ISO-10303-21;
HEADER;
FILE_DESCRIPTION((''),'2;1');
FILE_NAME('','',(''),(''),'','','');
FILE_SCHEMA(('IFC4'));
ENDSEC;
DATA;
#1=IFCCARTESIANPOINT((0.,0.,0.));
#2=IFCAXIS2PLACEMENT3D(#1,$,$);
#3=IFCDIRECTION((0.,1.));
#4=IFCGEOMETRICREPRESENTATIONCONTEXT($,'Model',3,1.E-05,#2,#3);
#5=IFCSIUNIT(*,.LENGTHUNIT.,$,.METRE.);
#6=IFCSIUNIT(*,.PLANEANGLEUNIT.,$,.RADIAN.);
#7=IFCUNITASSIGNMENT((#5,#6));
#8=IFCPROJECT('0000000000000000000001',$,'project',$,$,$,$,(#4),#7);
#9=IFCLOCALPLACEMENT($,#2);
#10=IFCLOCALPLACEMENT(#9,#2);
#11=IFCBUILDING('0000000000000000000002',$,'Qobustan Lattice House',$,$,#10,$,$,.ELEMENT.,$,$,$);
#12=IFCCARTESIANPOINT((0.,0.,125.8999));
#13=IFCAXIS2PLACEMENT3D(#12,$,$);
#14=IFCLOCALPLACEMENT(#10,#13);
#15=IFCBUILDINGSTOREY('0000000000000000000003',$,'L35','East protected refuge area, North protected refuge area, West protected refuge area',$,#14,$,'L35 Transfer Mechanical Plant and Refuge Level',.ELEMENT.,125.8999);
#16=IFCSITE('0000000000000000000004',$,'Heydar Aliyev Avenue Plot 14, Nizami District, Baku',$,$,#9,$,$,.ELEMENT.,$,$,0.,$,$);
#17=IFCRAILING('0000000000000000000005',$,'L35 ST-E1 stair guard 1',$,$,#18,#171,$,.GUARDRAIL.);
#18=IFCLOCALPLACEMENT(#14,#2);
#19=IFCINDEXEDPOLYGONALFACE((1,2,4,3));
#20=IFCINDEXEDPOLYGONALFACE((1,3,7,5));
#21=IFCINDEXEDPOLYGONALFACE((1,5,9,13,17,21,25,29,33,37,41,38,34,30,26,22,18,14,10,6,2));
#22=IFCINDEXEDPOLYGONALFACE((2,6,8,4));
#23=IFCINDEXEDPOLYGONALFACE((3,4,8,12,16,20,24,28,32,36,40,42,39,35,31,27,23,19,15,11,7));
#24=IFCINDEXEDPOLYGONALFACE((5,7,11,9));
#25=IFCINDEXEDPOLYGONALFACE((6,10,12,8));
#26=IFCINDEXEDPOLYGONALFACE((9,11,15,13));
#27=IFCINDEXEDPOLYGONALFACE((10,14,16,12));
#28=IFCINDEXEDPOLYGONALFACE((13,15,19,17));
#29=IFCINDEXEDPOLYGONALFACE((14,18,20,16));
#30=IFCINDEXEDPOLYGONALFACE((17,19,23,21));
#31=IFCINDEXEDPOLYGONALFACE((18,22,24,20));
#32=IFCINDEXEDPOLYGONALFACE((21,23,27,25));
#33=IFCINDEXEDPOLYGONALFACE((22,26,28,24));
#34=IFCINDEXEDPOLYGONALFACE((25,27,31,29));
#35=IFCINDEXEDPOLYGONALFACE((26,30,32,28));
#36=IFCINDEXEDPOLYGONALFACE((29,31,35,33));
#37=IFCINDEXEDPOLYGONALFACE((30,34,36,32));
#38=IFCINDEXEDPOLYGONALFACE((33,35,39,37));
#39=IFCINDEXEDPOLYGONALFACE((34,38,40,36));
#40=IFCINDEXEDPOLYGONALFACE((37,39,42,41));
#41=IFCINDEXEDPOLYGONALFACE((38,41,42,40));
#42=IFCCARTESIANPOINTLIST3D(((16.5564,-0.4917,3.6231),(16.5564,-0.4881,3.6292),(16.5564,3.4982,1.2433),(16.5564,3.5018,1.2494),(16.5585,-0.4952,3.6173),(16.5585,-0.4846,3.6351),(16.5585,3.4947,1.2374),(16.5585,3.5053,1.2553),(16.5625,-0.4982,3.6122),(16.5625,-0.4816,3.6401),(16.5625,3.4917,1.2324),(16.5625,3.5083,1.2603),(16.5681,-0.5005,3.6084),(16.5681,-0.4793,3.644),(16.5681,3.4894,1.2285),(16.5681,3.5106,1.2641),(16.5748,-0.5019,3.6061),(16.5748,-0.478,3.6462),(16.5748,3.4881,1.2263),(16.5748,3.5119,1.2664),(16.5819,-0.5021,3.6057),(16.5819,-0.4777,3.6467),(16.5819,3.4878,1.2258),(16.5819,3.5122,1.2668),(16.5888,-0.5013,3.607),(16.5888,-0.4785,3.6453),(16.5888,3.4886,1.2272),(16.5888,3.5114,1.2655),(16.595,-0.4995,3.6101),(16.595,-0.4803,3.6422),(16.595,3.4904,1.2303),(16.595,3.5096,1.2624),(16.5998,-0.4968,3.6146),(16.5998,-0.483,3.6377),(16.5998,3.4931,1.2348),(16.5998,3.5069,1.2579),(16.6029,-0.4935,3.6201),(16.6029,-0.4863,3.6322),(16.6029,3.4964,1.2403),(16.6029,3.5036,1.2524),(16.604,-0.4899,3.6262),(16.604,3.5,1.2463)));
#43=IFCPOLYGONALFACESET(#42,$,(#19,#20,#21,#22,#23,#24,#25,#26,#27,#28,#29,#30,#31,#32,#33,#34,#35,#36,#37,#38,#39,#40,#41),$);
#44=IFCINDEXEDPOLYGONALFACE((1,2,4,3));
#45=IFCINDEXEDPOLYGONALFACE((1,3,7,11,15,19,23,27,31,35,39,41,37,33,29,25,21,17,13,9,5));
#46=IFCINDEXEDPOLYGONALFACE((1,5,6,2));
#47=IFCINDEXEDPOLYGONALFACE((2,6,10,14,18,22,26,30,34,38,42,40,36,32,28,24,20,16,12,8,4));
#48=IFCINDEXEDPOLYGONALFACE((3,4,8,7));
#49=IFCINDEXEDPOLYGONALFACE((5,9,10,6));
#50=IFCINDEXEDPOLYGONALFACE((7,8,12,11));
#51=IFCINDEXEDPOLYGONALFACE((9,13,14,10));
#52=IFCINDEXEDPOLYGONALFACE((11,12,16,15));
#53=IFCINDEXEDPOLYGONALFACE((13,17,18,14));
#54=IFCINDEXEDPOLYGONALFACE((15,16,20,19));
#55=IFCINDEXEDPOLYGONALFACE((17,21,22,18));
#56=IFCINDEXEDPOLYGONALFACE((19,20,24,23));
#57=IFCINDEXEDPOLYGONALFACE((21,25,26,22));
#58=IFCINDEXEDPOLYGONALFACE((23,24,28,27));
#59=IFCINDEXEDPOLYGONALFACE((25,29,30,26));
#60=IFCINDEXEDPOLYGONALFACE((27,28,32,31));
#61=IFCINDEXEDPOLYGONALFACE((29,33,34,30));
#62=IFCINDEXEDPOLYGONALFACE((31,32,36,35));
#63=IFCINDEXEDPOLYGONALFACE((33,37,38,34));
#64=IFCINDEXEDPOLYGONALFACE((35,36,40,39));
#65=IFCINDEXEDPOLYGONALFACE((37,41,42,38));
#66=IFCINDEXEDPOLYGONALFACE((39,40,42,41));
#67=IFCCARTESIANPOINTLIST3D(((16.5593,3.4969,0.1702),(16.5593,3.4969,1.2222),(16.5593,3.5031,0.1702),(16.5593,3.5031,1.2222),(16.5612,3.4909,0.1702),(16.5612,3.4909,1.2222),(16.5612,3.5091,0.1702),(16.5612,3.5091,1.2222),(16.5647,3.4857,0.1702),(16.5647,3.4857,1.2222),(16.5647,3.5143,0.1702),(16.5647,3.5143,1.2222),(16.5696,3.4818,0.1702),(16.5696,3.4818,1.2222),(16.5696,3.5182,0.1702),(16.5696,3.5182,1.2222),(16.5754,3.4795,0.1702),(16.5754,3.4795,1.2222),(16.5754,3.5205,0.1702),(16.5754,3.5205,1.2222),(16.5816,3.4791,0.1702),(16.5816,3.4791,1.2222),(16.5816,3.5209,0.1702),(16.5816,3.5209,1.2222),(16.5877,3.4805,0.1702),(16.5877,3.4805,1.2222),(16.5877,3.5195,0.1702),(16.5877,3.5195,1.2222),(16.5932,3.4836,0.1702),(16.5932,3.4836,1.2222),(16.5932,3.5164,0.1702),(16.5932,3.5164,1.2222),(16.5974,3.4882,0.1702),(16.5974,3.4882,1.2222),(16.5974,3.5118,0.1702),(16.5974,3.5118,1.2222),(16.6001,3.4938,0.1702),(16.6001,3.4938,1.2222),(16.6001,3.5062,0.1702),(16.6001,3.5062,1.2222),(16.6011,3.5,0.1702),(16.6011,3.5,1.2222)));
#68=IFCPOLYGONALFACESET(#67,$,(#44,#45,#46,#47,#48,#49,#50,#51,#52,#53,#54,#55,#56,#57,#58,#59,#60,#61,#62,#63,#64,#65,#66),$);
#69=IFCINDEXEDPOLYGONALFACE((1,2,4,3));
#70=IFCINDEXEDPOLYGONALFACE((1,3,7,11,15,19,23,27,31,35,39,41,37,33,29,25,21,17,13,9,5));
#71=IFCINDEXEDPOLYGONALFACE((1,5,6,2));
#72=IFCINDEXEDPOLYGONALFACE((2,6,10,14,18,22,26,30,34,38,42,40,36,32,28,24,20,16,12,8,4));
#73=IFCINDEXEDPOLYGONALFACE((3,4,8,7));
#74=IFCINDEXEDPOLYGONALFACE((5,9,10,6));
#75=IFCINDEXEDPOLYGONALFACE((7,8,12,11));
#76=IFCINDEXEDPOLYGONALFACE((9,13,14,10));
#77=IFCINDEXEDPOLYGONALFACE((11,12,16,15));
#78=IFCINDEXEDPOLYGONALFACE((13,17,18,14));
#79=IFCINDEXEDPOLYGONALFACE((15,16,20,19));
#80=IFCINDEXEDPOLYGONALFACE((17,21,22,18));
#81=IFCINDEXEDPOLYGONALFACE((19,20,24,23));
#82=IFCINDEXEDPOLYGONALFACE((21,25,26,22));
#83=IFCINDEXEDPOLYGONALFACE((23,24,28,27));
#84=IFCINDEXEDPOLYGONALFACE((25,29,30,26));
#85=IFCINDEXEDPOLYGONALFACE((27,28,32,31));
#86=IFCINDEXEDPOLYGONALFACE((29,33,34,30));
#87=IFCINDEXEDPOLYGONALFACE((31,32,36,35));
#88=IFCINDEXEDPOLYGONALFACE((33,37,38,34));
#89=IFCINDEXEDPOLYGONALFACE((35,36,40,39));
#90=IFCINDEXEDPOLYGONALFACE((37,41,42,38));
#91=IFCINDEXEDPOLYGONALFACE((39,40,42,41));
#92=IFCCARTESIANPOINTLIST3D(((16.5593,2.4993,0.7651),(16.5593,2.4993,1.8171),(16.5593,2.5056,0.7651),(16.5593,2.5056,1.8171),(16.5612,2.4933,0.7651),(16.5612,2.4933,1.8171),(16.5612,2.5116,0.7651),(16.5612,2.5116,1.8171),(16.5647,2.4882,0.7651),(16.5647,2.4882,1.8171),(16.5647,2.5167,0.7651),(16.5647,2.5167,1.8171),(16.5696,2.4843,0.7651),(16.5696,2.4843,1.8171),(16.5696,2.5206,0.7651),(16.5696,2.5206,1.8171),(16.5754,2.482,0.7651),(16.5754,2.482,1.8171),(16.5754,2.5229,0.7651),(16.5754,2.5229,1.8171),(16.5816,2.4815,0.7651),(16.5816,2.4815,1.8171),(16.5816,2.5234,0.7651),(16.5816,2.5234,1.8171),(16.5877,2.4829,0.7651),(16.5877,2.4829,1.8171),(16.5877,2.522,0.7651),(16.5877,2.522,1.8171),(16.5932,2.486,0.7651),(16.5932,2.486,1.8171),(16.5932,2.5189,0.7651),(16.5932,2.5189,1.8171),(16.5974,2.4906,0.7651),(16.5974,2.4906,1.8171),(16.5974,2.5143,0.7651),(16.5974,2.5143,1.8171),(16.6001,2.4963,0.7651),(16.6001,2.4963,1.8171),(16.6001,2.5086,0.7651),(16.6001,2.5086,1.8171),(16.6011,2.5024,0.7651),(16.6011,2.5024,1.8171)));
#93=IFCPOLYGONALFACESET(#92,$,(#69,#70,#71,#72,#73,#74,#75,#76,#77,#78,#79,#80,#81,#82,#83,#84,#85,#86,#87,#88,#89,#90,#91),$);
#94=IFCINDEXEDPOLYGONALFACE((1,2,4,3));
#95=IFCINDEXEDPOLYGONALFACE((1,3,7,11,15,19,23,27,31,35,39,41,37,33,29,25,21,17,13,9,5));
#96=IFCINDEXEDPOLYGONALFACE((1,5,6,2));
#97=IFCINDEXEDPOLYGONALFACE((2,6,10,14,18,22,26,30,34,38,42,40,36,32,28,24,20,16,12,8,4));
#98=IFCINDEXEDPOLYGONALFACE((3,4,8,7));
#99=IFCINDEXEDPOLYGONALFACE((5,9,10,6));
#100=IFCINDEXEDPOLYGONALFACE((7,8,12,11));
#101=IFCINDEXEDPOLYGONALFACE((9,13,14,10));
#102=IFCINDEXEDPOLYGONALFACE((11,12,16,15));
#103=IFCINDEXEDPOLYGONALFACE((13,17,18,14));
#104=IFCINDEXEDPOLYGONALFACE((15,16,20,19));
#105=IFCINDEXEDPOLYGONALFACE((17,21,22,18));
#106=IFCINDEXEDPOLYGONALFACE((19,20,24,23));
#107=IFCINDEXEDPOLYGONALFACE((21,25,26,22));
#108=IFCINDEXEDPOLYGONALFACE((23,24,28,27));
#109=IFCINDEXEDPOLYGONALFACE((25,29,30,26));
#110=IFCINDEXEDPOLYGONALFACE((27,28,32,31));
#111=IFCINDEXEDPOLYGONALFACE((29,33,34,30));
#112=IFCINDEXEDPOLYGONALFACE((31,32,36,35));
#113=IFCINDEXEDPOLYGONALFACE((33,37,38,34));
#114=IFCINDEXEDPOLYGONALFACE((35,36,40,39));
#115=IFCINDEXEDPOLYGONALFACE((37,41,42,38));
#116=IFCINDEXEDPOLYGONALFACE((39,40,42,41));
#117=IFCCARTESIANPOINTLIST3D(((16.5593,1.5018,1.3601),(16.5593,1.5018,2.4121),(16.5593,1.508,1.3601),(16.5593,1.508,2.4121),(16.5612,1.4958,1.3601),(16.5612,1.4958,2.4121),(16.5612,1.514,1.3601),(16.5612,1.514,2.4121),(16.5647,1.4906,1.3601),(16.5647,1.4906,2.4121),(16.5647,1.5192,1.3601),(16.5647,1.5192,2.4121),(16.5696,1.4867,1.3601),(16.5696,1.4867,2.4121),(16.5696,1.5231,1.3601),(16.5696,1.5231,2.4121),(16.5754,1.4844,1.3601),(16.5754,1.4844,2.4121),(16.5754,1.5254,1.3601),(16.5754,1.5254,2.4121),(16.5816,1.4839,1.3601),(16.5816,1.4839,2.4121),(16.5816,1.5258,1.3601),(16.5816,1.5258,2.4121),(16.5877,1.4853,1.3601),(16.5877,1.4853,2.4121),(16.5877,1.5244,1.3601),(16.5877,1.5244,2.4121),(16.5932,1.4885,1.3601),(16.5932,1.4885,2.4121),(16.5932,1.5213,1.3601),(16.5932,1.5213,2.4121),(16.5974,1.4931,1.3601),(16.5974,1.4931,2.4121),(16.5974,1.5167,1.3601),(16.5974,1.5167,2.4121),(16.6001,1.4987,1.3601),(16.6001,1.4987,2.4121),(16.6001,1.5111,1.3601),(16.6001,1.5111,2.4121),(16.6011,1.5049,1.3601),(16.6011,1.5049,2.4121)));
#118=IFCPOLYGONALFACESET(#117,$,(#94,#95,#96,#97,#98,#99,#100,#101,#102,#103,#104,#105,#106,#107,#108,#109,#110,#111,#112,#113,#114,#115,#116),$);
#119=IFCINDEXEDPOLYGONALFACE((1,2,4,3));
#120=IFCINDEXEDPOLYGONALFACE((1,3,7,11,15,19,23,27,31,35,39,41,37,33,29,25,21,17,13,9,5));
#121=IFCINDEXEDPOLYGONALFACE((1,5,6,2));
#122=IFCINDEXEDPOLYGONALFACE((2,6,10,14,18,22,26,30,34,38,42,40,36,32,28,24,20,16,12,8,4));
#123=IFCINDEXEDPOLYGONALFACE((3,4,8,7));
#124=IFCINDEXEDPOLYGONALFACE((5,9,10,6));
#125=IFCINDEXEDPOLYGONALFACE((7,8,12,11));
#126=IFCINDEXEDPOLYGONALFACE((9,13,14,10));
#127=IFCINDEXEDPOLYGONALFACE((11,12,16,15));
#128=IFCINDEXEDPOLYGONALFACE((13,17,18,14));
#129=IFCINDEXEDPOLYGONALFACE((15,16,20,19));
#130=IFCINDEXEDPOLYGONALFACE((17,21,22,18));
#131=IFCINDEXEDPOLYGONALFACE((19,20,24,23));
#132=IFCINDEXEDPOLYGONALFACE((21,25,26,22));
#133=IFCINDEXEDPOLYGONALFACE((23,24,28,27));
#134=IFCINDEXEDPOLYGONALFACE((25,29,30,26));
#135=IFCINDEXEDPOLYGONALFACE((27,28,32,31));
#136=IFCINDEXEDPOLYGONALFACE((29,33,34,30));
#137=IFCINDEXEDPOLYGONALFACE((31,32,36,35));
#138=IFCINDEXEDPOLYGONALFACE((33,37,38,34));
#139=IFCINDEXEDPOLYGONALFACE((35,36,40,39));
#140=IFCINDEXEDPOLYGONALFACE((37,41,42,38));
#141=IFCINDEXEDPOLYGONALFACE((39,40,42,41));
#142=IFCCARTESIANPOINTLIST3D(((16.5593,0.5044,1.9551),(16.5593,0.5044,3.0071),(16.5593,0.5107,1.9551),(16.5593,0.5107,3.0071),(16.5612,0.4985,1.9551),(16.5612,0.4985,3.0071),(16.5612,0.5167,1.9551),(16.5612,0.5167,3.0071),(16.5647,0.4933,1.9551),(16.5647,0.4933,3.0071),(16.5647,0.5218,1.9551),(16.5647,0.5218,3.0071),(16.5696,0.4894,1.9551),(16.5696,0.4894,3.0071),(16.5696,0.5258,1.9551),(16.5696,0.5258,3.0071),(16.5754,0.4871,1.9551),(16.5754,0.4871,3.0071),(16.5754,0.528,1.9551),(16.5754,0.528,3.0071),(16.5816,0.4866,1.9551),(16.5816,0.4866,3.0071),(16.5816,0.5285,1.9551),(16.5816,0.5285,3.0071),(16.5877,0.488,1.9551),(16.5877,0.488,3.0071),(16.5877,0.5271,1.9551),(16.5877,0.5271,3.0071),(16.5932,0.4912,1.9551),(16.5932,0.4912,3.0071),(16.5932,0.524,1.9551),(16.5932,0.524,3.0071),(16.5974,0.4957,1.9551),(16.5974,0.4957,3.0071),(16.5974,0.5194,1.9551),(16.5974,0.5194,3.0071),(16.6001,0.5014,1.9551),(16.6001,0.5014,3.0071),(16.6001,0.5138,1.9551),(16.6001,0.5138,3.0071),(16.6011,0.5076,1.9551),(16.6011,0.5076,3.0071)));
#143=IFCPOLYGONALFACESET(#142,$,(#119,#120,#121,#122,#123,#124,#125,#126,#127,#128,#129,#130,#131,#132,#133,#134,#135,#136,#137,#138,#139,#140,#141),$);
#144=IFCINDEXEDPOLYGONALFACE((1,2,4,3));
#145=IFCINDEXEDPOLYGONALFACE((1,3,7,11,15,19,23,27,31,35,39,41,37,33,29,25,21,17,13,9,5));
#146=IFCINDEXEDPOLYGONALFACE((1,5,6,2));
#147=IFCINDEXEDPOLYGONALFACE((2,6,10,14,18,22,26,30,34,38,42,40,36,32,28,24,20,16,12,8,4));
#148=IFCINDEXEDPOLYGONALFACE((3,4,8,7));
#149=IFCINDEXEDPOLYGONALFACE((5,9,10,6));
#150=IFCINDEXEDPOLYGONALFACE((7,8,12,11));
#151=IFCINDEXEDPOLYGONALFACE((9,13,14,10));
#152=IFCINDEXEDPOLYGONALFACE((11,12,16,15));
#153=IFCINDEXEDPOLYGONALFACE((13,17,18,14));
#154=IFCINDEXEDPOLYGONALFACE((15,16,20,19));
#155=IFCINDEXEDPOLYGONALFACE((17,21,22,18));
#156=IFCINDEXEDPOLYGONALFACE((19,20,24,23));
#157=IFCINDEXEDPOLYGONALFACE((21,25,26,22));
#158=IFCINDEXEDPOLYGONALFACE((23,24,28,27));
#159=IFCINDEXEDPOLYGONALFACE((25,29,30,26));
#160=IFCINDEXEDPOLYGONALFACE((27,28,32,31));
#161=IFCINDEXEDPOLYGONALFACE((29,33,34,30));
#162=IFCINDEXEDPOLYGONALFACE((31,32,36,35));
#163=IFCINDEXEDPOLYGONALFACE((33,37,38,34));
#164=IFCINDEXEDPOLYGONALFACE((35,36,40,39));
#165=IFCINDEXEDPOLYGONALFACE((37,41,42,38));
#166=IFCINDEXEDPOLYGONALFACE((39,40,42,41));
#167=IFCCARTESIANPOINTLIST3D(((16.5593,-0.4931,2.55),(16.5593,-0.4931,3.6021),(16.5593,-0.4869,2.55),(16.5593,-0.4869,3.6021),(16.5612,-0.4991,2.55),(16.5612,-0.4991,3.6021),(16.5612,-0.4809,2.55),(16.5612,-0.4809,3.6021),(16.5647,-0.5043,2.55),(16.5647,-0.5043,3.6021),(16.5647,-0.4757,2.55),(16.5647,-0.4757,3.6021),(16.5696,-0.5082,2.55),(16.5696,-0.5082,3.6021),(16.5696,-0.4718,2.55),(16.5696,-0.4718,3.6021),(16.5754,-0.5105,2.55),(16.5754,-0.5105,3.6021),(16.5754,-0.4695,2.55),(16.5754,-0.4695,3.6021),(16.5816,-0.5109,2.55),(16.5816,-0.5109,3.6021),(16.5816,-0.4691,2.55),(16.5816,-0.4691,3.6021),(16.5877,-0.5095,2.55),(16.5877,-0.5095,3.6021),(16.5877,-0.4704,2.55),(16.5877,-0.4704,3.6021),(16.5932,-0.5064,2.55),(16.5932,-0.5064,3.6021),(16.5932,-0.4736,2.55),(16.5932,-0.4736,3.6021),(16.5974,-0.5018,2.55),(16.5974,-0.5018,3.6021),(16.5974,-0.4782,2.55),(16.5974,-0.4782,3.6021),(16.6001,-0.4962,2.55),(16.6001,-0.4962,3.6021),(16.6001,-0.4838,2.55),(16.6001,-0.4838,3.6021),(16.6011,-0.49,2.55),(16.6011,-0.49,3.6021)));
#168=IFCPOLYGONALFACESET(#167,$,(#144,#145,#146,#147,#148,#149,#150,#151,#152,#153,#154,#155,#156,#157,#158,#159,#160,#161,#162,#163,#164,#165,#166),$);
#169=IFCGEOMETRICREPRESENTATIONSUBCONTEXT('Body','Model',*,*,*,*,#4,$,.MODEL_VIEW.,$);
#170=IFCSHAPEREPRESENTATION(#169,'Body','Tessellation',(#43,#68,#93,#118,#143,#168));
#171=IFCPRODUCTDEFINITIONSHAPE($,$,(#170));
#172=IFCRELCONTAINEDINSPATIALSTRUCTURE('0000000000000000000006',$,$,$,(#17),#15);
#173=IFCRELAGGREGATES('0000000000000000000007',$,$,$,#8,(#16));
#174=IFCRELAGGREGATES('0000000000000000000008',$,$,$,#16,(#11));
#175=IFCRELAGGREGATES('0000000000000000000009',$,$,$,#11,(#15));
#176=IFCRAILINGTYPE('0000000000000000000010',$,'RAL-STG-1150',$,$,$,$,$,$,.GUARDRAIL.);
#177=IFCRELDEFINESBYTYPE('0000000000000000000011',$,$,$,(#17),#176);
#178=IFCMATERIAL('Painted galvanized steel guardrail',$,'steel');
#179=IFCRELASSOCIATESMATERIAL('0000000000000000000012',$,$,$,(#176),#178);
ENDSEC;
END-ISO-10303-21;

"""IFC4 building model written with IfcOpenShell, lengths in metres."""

from ifc_helpers import new_model, si_unit, direction, frame, origin, origin_2d, place, context, subcontext, project, spatial, circle, extrude, material, type_object, element, save


model = new_model("IFC4")

# Units and contexts
model_context = context("Model", 3, precision=1e-05, world=origin(), true_north=direction((0.0, 1.0)))
body_context = subcontext(model_context, "Body", "Model", "MODEL_VIEW")
ifc_project = project(units=[si_unit("LENGTHUNIT", "METRE"), si_unit("PLANEANGLEUNIT", "RADIAN")], contexts=[model_context])

# Site, building, storey
site_placement = place(None, origin())
site = spatial("IfcSite", under=ifc_project, at=site_placement, Name="Heydar Aliyev Avenue Plot 14, Nizami District, Baku", CompositionType="ELEMENT", RefElevation=0.0)
building_placement = place(site_placement, origin())
building = spatial("IfcBuilding", under=site, at=building_placement, Name="Qobustan Lattice House", CompositionType="ELEMENT")
storey_placement = place(building_placement, frame((0.0, 0.0, 125.8999)))
storey = spatial("IfcBuildingStorey", under=building, at=storey_placement, Name="L35", Description="East protected refuge area, North protected refuge area, West protected refuge area", LongName="L35 Transfer Mechanical Plant and Refuge Level", CompositionType="ELEMENT", Elevation=125.8999)

# Railing
ifc_material_1 = material(Name="Painted galvanized steel guardrail", Category="steel")
railing_type_1 = type_object("IfcRailingType", Name="RAL-STG-1150", PredefinedType="GUARDRAIL", material=ifc_material_1)
railing_1_placement = place(storey_placement, frame((16.5801, 3.5, 0.1702)))
element("IfcRailing", 1, at=railing_1_placement, inside=storey, type_object=railing_type_1, Name="L35 ST-E1 stair guard 1", PredefinedType="GUARDRAIL", context=body_context, shape_type="SweptSolid", body=[
    extrude(circle(Radius=0.0239, at=origin_2d()), frame((0.0, 0.0, 1.0762), z_axis=(0.0, -0.85883, 0.512261), x_axis=(1.0, 0.0, 0.0)), (0.0, 0.0, 1.0), 4.6458),
    extrude(circle(Radius=0.021, at=origin_2d()), origin(), (0.0, 0.0, 1.0), 1.052),
    extrude(circle(Radius=0.021, at=origin_2d()), frame((0.0, -0.9976, 0.595)), (0.0, 0.0, 1.0), 1.052),
    extrude(circle(Radius=0.021, at=origin_2d()), frame((0.0, -1.9951, 1.1899)), (0.0, 0.0, 1.0), 1.052),
    extrude(circle(Radius=0.021, at=origin_2d()), frame((0.0, -2.9924, 1.7849)), (0.0, 0.0, 1.0), 1.052),
    extrude(circle(Radius=0.021, at=origin_2d()), frame((0.0, -3.99, 2.3799)), (0.0, 0.0, 1.0), 1.052),
])

save(model, "model.ifc")
